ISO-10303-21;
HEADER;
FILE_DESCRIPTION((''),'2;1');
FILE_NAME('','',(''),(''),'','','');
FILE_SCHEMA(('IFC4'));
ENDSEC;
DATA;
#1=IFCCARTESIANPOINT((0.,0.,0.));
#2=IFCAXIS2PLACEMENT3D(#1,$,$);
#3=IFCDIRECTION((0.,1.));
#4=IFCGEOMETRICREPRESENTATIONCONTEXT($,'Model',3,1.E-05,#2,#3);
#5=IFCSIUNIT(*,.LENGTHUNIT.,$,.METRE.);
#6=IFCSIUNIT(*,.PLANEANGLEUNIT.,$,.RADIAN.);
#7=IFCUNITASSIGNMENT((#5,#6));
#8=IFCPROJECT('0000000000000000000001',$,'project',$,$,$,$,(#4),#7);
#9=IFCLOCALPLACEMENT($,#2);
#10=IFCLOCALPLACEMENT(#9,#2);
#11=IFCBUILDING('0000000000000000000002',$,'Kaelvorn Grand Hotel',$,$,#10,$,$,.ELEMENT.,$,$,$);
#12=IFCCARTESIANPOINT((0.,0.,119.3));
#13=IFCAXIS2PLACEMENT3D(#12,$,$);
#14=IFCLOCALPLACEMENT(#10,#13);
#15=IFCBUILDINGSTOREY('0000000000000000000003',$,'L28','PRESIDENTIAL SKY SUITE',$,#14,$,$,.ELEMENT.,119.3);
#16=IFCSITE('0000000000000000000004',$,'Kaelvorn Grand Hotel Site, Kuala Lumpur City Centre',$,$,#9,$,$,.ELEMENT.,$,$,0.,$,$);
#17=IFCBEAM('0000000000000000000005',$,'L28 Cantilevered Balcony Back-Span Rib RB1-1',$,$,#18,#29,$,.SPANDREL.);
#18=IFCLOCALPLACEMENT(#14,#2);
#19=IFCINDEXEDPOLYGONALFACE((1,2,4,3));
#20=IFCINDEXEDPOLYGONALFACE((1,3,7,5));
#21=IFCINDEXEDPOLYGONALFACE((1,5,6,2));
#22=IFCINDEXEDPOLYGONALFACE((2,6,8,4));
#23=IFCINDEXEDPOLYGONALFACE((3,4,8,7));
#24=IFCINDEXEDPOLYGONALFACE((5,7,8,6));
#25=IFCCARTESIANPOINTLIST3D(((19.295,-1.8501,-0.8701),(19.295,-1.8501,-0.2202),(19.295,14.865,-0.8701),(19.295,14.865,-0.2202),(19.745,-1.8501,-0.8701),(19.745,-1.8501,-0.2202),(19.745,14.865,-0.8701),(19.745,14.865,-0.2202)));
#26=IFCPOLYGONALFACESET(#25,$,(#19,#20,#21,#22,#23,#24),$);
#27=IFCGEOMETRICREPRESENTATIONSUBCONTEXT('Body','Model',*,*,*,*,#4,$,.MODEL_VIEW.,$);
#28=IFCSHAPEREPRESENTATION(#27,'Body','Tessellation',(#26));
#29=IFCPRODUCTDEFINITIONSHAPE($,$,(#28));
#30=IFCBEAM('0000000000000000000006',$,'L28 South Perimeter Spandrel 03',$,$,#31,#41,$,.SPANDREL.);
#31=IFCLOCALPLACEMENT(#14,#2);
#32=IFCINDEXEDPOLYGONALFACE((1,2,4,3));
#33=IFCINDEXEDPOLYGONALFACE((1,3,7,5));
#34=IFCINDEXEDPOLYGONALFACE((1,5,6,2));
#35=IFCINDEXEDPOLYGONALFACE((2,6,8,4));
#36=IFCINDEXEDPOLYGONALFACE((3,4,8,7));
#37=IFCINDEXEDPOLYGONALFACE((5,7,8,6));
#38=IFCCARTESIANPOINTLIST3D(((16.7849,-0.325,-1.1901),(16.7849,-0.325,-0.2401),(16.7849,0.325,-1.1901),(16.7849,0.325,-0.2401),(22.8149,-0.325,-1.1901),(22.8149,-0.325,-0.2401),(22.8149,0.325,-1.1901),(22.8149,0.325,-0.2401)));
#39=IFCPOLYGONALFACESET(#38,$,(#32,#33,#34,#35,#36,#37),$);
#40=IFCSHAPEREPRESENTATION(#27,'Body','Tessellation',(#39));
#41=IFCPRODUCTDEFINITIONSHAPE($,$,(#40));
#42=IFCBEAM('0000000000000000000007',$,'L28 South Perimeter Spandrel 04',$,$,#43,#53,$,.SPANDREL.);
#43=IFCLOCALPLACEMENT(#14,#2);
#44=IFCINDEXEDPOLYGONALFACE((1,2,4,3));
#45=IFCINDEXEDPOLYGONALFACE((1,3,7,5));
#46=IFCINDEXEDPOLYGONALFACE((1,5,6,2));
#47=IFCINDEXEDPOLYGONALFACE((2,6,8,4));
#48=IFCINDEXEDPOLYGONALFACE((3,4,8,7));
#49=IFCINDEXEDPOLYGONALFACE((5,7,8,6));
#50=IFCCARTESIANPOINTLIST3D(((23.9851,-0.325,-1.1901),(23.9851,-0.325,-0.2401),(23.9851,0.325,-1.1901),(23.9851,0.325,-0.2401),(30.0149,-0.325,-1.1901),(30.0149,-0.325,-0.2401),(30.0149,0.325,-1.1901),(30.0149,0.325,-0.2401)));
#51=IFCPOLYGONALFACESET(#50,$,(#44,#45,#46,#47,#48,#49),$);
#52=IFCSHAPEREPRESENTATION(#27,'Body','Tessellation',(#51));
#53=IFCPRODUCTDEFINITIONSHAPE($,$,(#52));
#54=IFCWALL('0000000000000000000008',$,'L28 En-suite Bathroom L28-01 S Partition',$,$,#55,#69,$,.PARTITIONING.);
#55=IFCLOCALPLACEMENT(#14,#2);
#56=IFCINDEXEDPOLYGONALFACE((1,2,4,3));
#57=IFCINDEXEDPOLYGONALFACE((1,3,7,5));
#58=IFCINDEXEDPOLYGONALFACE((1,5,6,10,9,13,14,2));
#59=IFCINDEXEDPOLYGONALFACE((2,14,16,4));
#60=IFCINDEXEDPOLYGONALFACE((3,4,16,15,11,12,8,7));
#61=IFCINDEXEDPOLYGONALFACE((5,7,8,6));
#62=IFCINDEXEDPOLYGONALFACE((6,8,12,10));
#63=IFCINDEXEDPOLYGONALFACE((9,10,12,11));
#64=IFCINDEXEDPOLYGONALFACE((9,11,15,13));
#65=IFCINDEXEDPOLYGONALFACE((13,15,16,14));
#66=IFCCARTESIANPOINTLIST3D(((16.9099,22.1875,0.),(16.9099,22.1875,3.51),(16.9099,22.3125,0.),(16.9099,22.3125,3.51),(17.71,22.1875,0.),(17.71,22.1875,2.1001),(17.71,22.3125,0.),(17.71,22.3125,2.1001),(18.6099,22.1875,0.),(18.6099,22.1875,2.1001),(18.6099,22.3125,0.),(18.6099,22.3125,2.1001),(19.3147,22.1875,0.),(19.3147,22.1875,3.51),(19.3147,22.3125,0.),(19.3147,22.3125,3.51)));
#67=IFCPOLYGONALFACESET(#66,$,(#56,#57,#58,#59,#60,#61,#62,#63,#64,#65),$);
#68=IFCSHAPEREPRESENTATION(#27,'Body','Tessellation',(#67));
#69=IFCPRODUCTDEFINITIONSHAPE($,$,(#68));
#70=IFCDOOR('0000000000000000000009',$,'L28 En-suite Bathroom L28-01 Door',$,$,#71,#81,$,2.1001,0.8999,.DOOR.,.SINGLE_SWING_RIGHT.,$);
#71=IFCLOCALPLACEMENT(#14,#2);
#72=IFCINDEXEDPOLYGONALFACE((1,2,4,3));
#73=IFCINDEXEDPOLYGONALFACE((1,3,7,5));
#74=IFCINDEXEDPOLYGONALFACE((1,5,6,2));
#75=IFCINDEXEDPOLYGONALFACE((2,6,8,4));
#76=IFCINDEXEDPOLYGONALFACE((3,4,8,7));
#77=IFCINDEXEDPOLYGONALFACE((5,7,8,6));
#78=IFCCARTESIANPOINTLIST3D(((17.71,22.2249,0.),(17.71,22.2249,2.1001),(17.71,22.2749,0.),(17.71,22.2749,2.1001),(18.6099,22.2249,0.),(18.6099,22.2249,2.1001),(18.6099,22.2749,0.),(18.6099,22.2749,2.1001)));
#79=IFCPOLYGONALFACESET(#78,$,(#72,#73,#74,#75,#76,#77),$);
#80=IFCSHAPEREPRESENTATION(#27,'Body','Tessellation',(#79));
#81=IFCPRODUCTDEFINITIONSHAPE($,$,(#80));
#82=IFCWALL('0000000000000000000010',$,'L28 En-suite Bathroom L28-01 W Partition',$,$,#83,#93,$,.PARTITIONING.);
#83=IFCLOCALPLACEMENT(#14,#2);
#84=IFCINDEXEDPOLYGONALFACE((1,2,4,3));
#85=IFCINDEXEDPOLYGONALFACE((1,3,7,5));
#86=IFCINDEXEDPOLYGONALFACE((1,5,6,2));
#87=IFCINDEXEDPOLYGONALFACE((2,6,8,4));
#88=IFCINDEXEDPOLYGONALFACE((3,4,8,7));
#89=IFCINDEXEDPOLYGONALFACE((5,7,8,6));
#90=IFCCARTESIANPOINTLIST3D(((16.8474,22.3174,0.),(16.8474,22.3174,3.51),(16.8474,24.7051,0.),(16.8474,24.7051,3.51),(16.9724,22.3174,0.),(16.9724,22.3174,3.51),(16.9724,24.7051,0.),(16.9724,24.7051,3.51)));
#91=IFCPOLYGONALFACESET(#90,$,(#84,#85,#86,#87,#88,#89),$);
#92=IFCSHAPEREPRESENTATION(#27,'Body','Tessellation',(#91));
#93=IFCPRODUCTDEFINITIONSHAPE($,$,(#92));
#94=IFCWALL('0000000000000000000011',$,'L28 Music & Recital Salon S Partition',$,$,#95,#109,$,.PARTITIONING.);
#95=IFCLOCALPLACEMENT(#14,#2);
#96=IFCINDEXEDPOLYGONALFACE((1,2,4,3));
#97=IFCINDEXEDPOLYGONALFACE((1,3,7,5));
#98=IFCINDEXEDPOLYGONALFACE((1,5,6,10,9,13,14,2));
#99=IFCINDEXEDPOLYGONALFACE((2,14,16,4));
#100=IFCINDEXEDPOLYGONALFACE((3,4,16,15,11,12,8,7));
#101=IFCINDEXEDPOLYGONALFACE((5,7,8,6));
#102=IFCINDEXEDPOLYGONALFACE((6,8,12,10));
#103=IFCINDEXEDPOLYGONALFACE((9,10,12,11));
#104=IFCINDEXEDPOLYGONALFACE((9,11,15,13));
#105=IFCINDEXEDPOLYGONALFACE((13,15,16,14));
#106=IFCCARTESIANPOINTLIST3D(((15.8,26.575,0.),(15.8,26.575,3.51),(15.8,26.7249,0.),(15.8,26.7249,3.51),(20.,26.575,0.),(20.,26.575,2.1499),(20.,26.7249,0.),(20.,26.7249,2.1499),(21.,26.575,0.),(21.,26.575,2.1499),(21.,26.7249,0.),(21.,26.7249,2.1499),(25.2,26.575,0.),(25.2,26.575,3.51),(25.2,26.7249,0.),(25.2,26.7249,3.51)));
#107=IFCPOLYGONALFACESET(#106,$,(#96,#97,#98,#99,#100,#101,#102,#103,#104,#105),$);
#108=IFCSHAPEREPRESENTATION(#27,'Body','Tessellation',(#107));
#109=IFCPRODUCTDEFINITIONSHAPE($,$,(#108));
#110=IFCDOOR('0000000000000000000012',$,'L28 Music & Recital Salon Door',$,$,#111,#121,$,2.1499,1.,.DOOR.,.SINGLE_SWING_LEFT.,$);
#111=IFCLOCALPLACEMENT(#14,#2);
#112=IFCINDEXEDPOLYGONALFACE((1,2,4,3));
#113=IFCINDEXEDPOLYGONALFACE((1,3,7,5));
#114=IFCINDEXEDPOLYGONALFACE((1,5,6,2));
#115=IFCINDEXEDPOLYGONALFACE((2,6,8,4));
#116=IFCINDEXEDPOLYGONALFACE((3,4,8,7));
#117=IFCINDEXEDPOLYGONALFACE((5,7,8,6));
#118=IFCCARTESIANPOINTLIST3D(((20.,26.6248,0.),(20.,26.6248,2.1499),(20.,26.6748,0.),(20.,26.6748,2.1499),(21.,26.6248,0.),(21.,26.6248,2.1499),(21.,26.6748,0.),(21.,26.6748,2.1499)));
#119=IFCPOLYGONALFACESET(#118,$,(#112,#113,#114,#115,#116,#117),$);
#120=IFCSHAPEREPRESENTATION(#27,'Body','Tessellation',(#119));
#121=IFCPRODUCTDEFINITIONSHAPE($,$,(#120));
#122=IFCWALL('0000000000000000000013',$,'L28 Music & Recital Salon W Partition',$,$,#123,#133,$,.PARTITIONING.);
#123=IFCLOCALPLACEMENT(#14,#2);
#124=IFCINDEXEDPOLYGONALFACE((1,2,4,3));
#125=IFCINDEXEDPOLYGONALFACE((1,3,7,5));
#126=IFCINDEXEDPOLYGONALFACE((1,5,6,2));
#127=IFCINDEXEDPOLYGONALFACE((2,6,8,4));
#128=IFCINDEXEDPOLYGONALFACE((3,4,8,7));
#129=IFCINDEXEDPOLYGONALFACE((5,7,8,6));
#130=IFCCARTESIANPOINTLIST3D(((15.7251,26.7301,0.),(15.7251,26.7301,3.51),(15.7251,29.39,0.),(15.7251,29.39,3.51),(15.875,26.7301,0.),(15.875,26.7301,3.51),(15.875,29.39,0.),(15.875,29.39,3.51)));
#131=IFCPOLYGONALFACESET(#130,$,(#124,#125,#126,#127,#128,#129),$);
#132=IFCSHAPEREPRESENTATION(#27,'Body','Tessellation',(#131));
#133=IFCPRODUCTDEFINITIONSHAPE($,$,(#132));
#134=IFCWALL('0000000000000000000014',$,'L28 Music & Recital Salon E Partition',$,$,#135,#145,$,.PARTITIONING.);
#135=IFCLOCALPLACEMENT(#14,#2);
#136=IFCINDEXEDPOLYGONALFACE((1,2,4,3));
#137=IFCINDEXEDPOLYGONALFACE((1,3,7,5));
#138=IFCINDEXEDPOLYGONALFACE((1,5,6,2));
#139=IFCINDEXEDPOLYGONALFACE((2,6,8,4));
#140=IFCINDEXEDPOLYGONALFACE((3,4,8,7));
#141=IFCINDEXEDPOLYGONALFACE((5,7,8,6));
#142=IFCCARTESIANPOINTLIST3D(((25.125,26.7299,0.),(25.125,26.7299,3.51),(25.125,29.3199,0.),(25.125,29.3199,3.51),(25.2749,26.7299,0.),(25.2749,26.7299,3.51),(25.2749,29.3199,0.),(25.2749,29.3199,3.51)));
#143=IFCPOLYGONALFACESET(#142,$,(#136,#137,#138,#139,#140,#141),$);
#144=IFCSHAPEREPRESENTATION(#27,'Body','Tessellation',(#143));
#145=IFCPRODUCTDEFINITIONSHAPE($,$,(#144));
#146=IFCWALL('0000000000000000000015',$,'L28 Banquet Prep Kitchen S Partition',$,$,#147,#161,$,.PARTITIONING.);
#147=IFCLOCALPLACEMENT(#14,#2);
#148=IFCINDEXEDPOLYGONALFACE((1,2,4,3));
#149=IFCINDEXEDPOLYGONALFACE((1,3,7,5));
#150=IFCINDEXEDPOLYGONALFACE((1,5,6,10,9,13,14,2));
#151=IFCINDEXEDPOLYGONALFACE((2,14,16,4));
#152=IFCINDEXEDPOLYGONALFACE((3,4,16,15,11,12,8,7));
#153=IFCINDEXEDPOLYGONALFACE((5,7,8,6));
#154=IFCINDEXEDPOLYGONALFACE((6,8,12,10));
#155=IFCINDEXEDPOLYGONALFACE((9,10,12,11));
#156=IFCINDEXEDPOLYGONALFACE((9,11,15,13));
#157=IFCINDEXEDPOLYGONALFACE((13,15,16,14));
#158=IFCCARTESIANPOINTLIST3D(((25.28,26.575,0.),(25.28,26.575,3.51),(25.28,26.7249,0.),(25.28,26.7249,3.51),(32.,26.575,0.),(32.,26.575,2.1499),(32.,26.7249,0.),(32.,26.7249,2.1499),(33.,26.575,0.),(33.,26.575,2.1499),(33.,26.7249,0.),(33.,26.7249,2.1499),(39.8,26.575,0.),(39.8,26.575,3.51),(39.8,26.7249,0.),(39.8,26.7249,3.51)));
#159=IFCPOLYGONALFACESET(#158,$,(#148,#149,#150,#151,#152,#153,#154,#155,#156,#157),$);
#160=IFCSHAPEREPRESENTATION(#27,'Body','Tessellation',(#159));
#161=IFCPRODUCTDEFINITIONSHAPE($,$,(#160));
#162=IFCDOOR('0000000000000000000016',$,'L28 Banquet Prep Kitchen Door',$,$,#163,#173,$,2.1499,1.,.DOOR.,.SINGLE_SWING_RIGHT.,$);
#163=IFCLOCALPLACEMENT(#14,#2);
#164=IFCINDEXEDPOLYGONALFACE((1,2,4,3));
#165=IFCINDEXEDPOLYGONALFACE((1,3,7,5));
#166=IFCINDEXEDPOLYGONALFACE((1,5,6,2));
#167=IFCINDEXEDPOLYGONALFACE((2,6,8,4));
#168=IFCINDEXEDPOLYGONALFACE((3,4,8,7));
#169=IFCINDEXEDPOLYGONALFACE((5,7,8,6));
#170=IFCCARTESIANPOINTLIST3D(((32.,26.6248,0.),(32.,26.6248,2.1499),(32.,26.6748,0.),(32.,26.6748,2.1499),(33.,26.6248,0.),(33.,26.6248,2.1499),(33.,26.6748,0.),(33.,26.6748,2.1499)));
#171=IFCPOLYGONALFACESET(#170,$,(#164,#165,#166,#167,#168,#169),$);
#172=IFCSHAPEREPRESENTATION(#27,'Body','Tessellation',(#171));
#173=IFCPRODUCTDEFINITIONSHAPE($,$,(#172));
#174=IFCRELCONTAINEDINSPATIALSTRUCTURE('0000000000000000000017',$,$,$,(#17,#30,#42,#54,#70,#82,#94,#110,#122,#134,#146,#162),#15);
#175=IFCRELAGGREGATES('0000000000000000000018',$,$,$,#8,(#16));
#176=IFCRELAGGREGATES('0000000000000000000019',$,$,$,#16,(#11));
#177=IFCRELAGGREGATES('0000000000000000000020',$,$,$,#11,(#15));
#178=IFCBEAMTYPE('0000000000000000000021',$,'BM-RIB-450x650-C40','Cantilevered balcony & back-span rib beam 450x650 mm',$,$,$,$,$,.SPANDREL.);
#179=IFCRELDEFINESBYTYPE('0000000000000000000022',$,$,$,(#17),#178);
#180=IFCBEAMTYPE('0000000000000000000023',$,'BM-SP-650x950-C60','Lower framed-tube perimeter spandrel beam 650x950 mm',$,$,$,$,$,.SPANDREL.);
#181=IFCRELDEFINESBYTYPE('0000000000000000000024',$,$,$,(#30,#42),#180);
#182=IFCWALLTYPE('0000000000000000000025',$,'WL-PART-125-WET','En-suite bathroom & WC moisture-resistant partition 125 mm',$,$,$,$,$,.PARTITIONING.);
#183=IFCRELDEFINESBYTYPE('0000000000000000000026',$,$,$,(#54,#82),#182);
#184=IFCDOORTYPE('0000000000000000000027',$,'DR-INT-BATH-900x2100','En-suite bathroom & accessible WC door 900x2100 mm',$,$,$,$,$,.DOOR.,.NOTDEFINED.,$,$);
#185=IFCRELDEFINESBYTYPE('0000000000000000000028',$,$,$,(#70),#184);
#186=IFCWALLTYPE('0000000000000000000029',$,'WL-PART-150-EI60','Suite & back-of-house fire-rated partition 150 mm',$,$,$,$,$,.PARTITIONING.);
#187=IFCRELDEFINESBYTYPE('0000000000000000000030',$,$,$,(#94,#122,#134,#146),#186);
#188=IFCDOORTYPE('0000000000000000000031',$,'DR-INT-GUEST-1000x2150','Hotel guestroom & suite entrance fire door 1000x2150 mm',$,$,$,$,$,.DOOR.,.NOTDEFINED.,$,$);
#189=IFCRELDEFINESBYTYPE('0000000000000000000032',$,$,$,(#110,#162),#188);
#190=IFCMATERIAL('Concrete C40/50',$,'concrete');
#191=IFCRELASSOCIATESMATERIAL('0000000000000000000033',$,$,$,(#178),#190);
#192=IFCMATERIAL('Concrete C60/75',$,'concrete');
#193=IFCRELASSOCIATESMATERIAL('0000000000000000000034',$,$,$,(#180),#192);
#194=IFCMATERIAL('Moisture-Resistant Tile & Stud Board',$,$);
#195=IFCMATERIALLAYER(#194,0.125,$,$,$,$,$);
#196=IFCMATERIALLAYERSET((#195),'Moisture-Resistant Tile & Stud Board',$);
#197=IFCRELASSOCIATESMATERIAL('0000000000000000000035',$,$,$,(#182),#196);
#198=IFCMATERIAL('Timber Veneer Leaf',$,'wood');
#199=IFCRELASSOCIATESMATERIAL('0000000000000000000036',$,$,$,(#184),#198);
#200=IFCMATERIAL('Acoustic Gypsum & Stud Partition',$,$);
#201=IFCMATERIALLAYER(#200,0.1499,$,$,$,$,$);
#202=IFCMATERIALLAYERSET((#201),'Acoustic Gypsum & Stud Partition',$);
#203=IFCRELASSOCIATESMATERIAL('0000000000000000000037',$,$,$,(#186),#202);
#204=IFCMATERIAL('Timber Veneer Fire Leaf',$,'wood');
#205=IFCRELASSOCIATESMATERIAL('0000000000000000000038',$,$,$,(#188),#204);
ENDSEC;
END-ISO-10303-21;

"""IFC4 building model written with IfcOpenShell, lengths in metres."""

from ifc_helpers import new_model, si_unit, direction, frame, frame_2d, origin, origin_2d, place, context, subcontext, project, spatial, rectangle, extrude, material, layer, layer_set, material_profile, profile_set, type_object, element, fill, save


model = new_model("IFC4")

# Units and contexts
model_context = context("Model", 3, precision=1e-05, world=origin(), true_north=direction((0.0, 1.0)))
body_context = subcontext(model_context, "Body", "Model", "MODEL_VIEW")
ifc_project = project(units=[si_unit("LENGTHUNIT", "METRE"), si_unit("PLANEANGLEUNIT", "RADIAN")], contexts=[model_context])

# Site, building, storey
site_placement = place(None, origin())
site = spatial("IfcSite", under=ifc_project, at=site_placement, Name="Kaelvorn Grand Hotel Site, Kuala Lumpur City Centre", CompositionType="ELEMENT", RefElevation=0.0)
building_placement = place(site_placement, origin())
building = spatial("IfcBuilding", under=site, at=building_placement, Name="Kaelvorn Grand Hotel", CompositionType="ELEMENT")
storey_placement = place(building_placement, frame((0.0, 0.0, 119.3)))
storey = spatial("IfcBuildingStorey", under=building, at=storey_placement, Name="L28", Description="PRESIDENTIAL SKY SUITE", CompositionType="ELEMENT", Elevation=119.3)

# Shared definitions
ifc_material_1 = material(Name="Concrete C60/75", Category="concrete")

# Beams
ifc_material_2 = material(Name="Concrete C40/50", Category="concrete")
ifc_material_profile_1 = material_profile(ifc_material_2, rectangle(XDim=0.45, YDim=0.6499, at=origin_2d()), Name="RC RIB 450x650")
ifc_profile_set_1 = profile_set([ifc_material_profile_1], Name="Concrete C40/50")
beam_type_1 = type_object("IfcBeamType", Name="BM-RIB-450x650-C40", Description="Cantilevered balcony & back-span rib beam 450x650 mm", PredefinedType="SPANDREL", material=ifc_profile_set_1)
beam_1_placement = place(storey_placement, frame((19.52, -1.8501, -0.5452), z_axis=(0.0, 1.0, 0.0), x_axis=(-1.0, 0.0, 0.0)))
element("IfcBeam", 1, at=beam_1_placement, inside=storey, type_object=beam_type_1, Name="L28 Cantilevered Balcony Back-Span Rib RB1-1", PredefinedType="SPANDREL", context=body_context, shape_type="SweptSolid", body=[
    extrude(rectangle(XDim=0.45, YDim=0.6499, at=origin_2d()), origin(), (0.0, 0.0, 1.0), 16.7151),
])
ifc_material_profile_2 = material_profile(ifc_material_1, rectangle(XDim=0.6499, YDim=0.95, at=origin_2d()), Name="RC SPANDREL 650x950")
ifc_profile_set_2 = profile_set([ifc_material_profile_2], Name="Concrete C60/75")
beam_type_2 = type_object("IfcBeamType", Name="BM-SP-650x950-C60", Description="Lower framed-tube perimeter spandrel beam 650x950 mm", PredefinedType="SPANDREL", material=ifc_profile_set_2)
beam_2_placement = place(storey_placement, frame((16.7849, 0.0, -0.7151), z_axis=(1.0, 0.0, 0.0), x_axis=(0.0, 1.0, 0.0)))
element("IfcBeam", 2, at=beam_2_placement, inside=storey, type_object=beam_type_2, Name="L28 South Perimeter Spandrel 03", PredefinedType="SPANDREL", context=body_context, shape_type="SweptSolid", body=[
    extrude(rectangle(XDim=0.6499, YDim=0.95, at=origin_2d()), origin(), (0.0, 0.0, 1.0), 6.03),
])
beam_3_placement = place(storey_placement, frame((23.9851, 0.0, -0.7151), z_axis=(1.0, 0.0, 0.0), x_axis=(0.0, 1.0, 0.0)))
element("IfcBeam", 3, at=beam_3_placement, inside=storey, type_object=beam_type_2, Name="L28 South Perimeter Spandrel 04", PredefinedType="SPANDREL", context=body_context, shape_type="SweptSolid", body=[
    extrude(rectangle(XDim=0.6499, YDim=0.95, at=origin_2d()), origin(), (0.0, 0.0, 1.0), 6.0298),
])

# Wall, opening, door
ifc_material_3 = material(Name="Moisture-Resistant Tile & Stud Board")
ifc_layer_1 = layer(ifc_material_3, 0.125)
ifc_layer_set_1 = layer_set([ifc_layer_1], Name="Moisture-Resistant Tile & Stud Board")
wall_type_1 = type_object("IfcWallType", Name="WL-PART-125-WET", Description="En-suite bathroom & WC moisture-resistant partition 125 mm", PredefinedType="PARTITIONING", material=ifc_layer_set_1)
wall_1_placement = place(storey_placement, frame((16.9099, 22.25, 0.0), z_axis=(0.0, 0.0, 1.0), x_axis=(1.0, 0.0, 0.0)))
wall_1 = element("IfcWall", 4, at=wall_1_placement, inside=storey, type_object=wall_type_1, Name="L28 En-suite Bathroom L28-01 S Partition", PredefinedType="PARTITIONING", context=body_context, shape_type="SweptSolid", body=[
    extrude(rectangle(XDim=2.4048, YDim=0.125, at=frame_2d((1.2024, 0.0))), origin(), (0.0, 0.0, 1.0), 3.51),
])
opening_1_placement = place(wall_1_placement, frame((0.8, 0.0, 0.0)))
opening_1 = element("IfcOpeningElement", 5, at=opening_1_placement, cuts=wall_1, PredefinedType="OPENING", context=body_context, shape_type="SweptSolid", body=[
    extrude(rectangle(XDim=0.8999, YDim=2.1001, at=frame_2d((0.45, 1.05))), frame((0.0, 0.0725, 0.0), z_axis=(0.0, -1.0, 0.0), x_axis=(1.0, 0.0, 0.0)), (0.0, 0.0, 1.0), 0.145),
])
ifc_material_4 = material(Name="Timber Veneer Leaf", Category="wood")
door_type_1 = type_object("IfcDoorType", Name="DR-INT-BATH-900x2100", Description="En-suite bathroom & accessible WC door 900x2100 mm", OperationType="NOTDEFINED", PredefinedType="DOOR", material=ifc_material_4)
door_1_placement = place(opening_1_placement, origin())
door_1 = element("IfcDoor", 6, at=door_1_placement, inside=storey, type_object=door_type_1, Name="L28 En-suite Bathroom L28-01 Door", OperationType="SINGLE_SWING_RIGHT", OverallHeight=2.1001, OverallWidth=0.8999, PredefinedType="DOOR", context=body_context, shape_type="SweptSolid", body=[
    extrude(rectangle(XDim=0.8999, YDim=2.1001, at=frame_2d((0.45, 1.05))), frame((0.0, 0.0249, 0.0), z_axis=(0.0, -1.0, 0.0), x_axis=(1.0, 0.0, 0.0)), (0.0, 0.0, 1.0), 0.05),
])
fill(opening_1, door_1)

# Wall
wall_2_placement = place(storey_placement, frame((16.9099, 22.3174, 0.0), z_axis=(0.0, 0.0, 1.0), x_axis=(0.0, 1.0, 0.0)))
element("IfcWall", 7, at=wall_2_placement, inside=storey, type_object=wall_type_1, Name="L28 En-suite Bathroom L28-01 W Partition", PredefinedType="PARTITIONING", context=body_context, shape_type="SweptSolid", body=[
    extrude(rectangle(XDim=2.3877, YDim=0.125, at=frame_2d((1.1938, 0.0))), origin(), (0.0, 0.0, 1.0), 3.51),
])

# Wall, opening, door
ifc_material_5 = material(Name="Acoustic Gypsum & Stud Partition")
ifc_layer_2 = layer(ifc_material_5, 0.1499)
ifc_layer_set_2 = layer_set([ifc_layer_2], Name="Acoustic Gypsum & Stud Partition")
wall_type_2 = type_object("IfcWallType", Name="WL-PART-150-EI60", Description="Suite & back-of-house fire-rated partition 150 mm", PredefinedType="PARTITIONING", material=ifc_layer_set_2)
wall_3_placement = place(storey_placement, frame((15.8, 26.6499, 0.0), z_axis=(0.0, 0.0, 1.0), x_axis=(1.0, 0.0, 0.0)))
wall_3 = element("IfcWall", 8, at=wall_3_placement, inside=storey, type_object=wall_type_2, Name="L28 Music & Recital Salon S Partition", PredefinedType="PARTITIONING", context=body_context, shape_type="SweptSolid", body=[
    extrude(rectangle(XDim=9.3999, YDim=0.1499, at=frame_2d((4.7, 0.0))), origin(), (0.0, 0.0, 1.0), 3.51),
])
opening_2_placement = place(wall_3_placement, frame((4.2, 0.0, 0.0)))
opening_2 = element("IfcOpeningElement", 9, at=opening_2_placement, cuts=wall_3, PredefinedType="OPENING", context=body_context, shape_type="SweptSolid", body=[
    extrude(rectangle(XDim=1.0, YDim=2.1499, at=frame_2d((0.5, 1.075))), frame((0.0, 0.085, 0.0), z_axis=(0.0, -1.0, 0.0), x_axis=(1.0, 0.0, 0.0)), (0.0, 0.0, 1.0), 0.1699),
])
ifc_material_6 = material(Name="Timber Veneer Fire Leaf", Category="wood")
door_type_2 = type_object("IfcDoorType", Name="DR-INT-GUEST-1000x2150", Description="Hotel guestroom & suite entrance fire door 1000x2150 mm", OperationType="NOTDEFINED", PredefinedType="DOOR", material=ifc_material_6)
door_2_placement = place(opening_2_placement, origin())
door_2 = element("IfcDoor", 10, at=door_2_placement, inside=storey, type_object=door_type_2, Name="L28 Music & Recital Salon Door", OperationType="SINGLE_SWING_LEFT", OverallHeight=2.1499, OverallWidth=1.0, PredefinedType="DOOR", context=body_context, shape_type="SweptSolid", body=[
    extrude(rectangle(XDim=1.0, YDim=2.1499, at=frame_2d((0.5, 1.075))), frame((0.0, 0.0249, 0.0), z_axis=(0.0, -1.0, 0.0), x_axis=(1.0, 0.0, 0.0)), (0.0, 0.0, 1.0), 0.05),
])
fill(opening_2, door_2)

# Walls
wall_4_placement = place(storey_placement, frame((15.8, 26.73, 0.0), z_axis=(0.0, 0.0, 1.0), x_axis=(0.0, 1.0, 0.0)))
element("IfcWall", 11, at=wall_4_placement, inside=storey, type_object=wall_type_2, Name="L28 Music & Recital Salon W Partition", PredefinedType="PARTITIONING", context=body_context, shape_type="SweptSolid", body=[
    extrude(rectangle(XDim=2.6599, YDim=0.1499, at=frame_2d((1.3301, 0.0))), origin(), (0.0, 0.0, 1.0), 3.51),
])
wall_5_placement = place(storey_placement, frame((25.2, 26.73, 0.0), z_axis=(0.0, 0.0, 1.0), x_axis=(0.0, 1.0, 0.0)))
element("IfcWall", 12, at=wall_5_placement, inside=storey, type_object=wall_type_2, Name="L28 Music & Recital Salon E Partition", PredefinedType="PARTITIONING", context=body_context, shape_type="SweptSolid", body=[
    extrude(rectangle(XDim=2.5901, YDim=0.1499, at=frame_2d((1.2949, 0.0))), origin(), (0.0, 0.0, 1.0), 3.51),
])

# Wall, opening, door
wall_6_placement = place(storey_placement, frame((25.28, 26.6499, 0.0), z_axis=(0.0, 0.0, 1.0), x_axis=(1.0, 0.0, 0.0)))
wall_6 = element("IfcWall", 13, at=wall_6_placement, inside=storey, type_object=wall_type_2, Name="L28 Banquet Prep Kitchen S Partition", PredefinedType="PARTITIONING", context=body_context, shape_type="SweptSolid", body=[
    extrude(rectangle(XDim=14.52, YDim=0.1499, at=frame_2d((7.26, 0.0))), origin(), (0.0, 0.0, 1.0), 3.51),
])
opening_3_placement = place(wall_6_placement, frame((6.72, 0.0, 0.0)))
opening_3 = element("IfcOpeningElement", 14, at=opening_3_placement, cuts=wall_6, PredefinedType="OPENING", context=body_context, shape_type="SweptSolid", body=[
    extrude(rectangle(XDim=1.0, YDim=2.1499, at=frame_2d((0.5, 1.075))), frame((0.0, 0.085, 0.0), z_axis=(0.0, -1.0, 0.0), x_axis=(1.0, 0.0, 0.0)), (0.0, 0.0, 1.0), 0.1699),
])
door_3_placement = place(opening_3_placement, origin())
door_3 = element("IfcDoor", 15, at=door_3_placement, inside=storey, type_object=door_type_2, Name="L28 Banquet Prep Kitchen Door", OperationType="SINGLE_SWING_RIGHT", OverallHeight=2.1499, OverallWidth=1.0, PredefinedType="DOOR", context=body_context, shape_type="SweptSolid", body=[
    extrude(rectangle(XDim=1.0, YDim=2.1499, at=frame_2d((0.5, 1.075))), frame((0.0, 0.0249, 0.0), z_axis=(0.0, -1.0, 0.0), x_axis=(1.0, 0.0, 0.0)), (0.0, 0.0, 1.0), 0.05),
])
fill(opening_3, door_3)

save(model, "model.ifc")
